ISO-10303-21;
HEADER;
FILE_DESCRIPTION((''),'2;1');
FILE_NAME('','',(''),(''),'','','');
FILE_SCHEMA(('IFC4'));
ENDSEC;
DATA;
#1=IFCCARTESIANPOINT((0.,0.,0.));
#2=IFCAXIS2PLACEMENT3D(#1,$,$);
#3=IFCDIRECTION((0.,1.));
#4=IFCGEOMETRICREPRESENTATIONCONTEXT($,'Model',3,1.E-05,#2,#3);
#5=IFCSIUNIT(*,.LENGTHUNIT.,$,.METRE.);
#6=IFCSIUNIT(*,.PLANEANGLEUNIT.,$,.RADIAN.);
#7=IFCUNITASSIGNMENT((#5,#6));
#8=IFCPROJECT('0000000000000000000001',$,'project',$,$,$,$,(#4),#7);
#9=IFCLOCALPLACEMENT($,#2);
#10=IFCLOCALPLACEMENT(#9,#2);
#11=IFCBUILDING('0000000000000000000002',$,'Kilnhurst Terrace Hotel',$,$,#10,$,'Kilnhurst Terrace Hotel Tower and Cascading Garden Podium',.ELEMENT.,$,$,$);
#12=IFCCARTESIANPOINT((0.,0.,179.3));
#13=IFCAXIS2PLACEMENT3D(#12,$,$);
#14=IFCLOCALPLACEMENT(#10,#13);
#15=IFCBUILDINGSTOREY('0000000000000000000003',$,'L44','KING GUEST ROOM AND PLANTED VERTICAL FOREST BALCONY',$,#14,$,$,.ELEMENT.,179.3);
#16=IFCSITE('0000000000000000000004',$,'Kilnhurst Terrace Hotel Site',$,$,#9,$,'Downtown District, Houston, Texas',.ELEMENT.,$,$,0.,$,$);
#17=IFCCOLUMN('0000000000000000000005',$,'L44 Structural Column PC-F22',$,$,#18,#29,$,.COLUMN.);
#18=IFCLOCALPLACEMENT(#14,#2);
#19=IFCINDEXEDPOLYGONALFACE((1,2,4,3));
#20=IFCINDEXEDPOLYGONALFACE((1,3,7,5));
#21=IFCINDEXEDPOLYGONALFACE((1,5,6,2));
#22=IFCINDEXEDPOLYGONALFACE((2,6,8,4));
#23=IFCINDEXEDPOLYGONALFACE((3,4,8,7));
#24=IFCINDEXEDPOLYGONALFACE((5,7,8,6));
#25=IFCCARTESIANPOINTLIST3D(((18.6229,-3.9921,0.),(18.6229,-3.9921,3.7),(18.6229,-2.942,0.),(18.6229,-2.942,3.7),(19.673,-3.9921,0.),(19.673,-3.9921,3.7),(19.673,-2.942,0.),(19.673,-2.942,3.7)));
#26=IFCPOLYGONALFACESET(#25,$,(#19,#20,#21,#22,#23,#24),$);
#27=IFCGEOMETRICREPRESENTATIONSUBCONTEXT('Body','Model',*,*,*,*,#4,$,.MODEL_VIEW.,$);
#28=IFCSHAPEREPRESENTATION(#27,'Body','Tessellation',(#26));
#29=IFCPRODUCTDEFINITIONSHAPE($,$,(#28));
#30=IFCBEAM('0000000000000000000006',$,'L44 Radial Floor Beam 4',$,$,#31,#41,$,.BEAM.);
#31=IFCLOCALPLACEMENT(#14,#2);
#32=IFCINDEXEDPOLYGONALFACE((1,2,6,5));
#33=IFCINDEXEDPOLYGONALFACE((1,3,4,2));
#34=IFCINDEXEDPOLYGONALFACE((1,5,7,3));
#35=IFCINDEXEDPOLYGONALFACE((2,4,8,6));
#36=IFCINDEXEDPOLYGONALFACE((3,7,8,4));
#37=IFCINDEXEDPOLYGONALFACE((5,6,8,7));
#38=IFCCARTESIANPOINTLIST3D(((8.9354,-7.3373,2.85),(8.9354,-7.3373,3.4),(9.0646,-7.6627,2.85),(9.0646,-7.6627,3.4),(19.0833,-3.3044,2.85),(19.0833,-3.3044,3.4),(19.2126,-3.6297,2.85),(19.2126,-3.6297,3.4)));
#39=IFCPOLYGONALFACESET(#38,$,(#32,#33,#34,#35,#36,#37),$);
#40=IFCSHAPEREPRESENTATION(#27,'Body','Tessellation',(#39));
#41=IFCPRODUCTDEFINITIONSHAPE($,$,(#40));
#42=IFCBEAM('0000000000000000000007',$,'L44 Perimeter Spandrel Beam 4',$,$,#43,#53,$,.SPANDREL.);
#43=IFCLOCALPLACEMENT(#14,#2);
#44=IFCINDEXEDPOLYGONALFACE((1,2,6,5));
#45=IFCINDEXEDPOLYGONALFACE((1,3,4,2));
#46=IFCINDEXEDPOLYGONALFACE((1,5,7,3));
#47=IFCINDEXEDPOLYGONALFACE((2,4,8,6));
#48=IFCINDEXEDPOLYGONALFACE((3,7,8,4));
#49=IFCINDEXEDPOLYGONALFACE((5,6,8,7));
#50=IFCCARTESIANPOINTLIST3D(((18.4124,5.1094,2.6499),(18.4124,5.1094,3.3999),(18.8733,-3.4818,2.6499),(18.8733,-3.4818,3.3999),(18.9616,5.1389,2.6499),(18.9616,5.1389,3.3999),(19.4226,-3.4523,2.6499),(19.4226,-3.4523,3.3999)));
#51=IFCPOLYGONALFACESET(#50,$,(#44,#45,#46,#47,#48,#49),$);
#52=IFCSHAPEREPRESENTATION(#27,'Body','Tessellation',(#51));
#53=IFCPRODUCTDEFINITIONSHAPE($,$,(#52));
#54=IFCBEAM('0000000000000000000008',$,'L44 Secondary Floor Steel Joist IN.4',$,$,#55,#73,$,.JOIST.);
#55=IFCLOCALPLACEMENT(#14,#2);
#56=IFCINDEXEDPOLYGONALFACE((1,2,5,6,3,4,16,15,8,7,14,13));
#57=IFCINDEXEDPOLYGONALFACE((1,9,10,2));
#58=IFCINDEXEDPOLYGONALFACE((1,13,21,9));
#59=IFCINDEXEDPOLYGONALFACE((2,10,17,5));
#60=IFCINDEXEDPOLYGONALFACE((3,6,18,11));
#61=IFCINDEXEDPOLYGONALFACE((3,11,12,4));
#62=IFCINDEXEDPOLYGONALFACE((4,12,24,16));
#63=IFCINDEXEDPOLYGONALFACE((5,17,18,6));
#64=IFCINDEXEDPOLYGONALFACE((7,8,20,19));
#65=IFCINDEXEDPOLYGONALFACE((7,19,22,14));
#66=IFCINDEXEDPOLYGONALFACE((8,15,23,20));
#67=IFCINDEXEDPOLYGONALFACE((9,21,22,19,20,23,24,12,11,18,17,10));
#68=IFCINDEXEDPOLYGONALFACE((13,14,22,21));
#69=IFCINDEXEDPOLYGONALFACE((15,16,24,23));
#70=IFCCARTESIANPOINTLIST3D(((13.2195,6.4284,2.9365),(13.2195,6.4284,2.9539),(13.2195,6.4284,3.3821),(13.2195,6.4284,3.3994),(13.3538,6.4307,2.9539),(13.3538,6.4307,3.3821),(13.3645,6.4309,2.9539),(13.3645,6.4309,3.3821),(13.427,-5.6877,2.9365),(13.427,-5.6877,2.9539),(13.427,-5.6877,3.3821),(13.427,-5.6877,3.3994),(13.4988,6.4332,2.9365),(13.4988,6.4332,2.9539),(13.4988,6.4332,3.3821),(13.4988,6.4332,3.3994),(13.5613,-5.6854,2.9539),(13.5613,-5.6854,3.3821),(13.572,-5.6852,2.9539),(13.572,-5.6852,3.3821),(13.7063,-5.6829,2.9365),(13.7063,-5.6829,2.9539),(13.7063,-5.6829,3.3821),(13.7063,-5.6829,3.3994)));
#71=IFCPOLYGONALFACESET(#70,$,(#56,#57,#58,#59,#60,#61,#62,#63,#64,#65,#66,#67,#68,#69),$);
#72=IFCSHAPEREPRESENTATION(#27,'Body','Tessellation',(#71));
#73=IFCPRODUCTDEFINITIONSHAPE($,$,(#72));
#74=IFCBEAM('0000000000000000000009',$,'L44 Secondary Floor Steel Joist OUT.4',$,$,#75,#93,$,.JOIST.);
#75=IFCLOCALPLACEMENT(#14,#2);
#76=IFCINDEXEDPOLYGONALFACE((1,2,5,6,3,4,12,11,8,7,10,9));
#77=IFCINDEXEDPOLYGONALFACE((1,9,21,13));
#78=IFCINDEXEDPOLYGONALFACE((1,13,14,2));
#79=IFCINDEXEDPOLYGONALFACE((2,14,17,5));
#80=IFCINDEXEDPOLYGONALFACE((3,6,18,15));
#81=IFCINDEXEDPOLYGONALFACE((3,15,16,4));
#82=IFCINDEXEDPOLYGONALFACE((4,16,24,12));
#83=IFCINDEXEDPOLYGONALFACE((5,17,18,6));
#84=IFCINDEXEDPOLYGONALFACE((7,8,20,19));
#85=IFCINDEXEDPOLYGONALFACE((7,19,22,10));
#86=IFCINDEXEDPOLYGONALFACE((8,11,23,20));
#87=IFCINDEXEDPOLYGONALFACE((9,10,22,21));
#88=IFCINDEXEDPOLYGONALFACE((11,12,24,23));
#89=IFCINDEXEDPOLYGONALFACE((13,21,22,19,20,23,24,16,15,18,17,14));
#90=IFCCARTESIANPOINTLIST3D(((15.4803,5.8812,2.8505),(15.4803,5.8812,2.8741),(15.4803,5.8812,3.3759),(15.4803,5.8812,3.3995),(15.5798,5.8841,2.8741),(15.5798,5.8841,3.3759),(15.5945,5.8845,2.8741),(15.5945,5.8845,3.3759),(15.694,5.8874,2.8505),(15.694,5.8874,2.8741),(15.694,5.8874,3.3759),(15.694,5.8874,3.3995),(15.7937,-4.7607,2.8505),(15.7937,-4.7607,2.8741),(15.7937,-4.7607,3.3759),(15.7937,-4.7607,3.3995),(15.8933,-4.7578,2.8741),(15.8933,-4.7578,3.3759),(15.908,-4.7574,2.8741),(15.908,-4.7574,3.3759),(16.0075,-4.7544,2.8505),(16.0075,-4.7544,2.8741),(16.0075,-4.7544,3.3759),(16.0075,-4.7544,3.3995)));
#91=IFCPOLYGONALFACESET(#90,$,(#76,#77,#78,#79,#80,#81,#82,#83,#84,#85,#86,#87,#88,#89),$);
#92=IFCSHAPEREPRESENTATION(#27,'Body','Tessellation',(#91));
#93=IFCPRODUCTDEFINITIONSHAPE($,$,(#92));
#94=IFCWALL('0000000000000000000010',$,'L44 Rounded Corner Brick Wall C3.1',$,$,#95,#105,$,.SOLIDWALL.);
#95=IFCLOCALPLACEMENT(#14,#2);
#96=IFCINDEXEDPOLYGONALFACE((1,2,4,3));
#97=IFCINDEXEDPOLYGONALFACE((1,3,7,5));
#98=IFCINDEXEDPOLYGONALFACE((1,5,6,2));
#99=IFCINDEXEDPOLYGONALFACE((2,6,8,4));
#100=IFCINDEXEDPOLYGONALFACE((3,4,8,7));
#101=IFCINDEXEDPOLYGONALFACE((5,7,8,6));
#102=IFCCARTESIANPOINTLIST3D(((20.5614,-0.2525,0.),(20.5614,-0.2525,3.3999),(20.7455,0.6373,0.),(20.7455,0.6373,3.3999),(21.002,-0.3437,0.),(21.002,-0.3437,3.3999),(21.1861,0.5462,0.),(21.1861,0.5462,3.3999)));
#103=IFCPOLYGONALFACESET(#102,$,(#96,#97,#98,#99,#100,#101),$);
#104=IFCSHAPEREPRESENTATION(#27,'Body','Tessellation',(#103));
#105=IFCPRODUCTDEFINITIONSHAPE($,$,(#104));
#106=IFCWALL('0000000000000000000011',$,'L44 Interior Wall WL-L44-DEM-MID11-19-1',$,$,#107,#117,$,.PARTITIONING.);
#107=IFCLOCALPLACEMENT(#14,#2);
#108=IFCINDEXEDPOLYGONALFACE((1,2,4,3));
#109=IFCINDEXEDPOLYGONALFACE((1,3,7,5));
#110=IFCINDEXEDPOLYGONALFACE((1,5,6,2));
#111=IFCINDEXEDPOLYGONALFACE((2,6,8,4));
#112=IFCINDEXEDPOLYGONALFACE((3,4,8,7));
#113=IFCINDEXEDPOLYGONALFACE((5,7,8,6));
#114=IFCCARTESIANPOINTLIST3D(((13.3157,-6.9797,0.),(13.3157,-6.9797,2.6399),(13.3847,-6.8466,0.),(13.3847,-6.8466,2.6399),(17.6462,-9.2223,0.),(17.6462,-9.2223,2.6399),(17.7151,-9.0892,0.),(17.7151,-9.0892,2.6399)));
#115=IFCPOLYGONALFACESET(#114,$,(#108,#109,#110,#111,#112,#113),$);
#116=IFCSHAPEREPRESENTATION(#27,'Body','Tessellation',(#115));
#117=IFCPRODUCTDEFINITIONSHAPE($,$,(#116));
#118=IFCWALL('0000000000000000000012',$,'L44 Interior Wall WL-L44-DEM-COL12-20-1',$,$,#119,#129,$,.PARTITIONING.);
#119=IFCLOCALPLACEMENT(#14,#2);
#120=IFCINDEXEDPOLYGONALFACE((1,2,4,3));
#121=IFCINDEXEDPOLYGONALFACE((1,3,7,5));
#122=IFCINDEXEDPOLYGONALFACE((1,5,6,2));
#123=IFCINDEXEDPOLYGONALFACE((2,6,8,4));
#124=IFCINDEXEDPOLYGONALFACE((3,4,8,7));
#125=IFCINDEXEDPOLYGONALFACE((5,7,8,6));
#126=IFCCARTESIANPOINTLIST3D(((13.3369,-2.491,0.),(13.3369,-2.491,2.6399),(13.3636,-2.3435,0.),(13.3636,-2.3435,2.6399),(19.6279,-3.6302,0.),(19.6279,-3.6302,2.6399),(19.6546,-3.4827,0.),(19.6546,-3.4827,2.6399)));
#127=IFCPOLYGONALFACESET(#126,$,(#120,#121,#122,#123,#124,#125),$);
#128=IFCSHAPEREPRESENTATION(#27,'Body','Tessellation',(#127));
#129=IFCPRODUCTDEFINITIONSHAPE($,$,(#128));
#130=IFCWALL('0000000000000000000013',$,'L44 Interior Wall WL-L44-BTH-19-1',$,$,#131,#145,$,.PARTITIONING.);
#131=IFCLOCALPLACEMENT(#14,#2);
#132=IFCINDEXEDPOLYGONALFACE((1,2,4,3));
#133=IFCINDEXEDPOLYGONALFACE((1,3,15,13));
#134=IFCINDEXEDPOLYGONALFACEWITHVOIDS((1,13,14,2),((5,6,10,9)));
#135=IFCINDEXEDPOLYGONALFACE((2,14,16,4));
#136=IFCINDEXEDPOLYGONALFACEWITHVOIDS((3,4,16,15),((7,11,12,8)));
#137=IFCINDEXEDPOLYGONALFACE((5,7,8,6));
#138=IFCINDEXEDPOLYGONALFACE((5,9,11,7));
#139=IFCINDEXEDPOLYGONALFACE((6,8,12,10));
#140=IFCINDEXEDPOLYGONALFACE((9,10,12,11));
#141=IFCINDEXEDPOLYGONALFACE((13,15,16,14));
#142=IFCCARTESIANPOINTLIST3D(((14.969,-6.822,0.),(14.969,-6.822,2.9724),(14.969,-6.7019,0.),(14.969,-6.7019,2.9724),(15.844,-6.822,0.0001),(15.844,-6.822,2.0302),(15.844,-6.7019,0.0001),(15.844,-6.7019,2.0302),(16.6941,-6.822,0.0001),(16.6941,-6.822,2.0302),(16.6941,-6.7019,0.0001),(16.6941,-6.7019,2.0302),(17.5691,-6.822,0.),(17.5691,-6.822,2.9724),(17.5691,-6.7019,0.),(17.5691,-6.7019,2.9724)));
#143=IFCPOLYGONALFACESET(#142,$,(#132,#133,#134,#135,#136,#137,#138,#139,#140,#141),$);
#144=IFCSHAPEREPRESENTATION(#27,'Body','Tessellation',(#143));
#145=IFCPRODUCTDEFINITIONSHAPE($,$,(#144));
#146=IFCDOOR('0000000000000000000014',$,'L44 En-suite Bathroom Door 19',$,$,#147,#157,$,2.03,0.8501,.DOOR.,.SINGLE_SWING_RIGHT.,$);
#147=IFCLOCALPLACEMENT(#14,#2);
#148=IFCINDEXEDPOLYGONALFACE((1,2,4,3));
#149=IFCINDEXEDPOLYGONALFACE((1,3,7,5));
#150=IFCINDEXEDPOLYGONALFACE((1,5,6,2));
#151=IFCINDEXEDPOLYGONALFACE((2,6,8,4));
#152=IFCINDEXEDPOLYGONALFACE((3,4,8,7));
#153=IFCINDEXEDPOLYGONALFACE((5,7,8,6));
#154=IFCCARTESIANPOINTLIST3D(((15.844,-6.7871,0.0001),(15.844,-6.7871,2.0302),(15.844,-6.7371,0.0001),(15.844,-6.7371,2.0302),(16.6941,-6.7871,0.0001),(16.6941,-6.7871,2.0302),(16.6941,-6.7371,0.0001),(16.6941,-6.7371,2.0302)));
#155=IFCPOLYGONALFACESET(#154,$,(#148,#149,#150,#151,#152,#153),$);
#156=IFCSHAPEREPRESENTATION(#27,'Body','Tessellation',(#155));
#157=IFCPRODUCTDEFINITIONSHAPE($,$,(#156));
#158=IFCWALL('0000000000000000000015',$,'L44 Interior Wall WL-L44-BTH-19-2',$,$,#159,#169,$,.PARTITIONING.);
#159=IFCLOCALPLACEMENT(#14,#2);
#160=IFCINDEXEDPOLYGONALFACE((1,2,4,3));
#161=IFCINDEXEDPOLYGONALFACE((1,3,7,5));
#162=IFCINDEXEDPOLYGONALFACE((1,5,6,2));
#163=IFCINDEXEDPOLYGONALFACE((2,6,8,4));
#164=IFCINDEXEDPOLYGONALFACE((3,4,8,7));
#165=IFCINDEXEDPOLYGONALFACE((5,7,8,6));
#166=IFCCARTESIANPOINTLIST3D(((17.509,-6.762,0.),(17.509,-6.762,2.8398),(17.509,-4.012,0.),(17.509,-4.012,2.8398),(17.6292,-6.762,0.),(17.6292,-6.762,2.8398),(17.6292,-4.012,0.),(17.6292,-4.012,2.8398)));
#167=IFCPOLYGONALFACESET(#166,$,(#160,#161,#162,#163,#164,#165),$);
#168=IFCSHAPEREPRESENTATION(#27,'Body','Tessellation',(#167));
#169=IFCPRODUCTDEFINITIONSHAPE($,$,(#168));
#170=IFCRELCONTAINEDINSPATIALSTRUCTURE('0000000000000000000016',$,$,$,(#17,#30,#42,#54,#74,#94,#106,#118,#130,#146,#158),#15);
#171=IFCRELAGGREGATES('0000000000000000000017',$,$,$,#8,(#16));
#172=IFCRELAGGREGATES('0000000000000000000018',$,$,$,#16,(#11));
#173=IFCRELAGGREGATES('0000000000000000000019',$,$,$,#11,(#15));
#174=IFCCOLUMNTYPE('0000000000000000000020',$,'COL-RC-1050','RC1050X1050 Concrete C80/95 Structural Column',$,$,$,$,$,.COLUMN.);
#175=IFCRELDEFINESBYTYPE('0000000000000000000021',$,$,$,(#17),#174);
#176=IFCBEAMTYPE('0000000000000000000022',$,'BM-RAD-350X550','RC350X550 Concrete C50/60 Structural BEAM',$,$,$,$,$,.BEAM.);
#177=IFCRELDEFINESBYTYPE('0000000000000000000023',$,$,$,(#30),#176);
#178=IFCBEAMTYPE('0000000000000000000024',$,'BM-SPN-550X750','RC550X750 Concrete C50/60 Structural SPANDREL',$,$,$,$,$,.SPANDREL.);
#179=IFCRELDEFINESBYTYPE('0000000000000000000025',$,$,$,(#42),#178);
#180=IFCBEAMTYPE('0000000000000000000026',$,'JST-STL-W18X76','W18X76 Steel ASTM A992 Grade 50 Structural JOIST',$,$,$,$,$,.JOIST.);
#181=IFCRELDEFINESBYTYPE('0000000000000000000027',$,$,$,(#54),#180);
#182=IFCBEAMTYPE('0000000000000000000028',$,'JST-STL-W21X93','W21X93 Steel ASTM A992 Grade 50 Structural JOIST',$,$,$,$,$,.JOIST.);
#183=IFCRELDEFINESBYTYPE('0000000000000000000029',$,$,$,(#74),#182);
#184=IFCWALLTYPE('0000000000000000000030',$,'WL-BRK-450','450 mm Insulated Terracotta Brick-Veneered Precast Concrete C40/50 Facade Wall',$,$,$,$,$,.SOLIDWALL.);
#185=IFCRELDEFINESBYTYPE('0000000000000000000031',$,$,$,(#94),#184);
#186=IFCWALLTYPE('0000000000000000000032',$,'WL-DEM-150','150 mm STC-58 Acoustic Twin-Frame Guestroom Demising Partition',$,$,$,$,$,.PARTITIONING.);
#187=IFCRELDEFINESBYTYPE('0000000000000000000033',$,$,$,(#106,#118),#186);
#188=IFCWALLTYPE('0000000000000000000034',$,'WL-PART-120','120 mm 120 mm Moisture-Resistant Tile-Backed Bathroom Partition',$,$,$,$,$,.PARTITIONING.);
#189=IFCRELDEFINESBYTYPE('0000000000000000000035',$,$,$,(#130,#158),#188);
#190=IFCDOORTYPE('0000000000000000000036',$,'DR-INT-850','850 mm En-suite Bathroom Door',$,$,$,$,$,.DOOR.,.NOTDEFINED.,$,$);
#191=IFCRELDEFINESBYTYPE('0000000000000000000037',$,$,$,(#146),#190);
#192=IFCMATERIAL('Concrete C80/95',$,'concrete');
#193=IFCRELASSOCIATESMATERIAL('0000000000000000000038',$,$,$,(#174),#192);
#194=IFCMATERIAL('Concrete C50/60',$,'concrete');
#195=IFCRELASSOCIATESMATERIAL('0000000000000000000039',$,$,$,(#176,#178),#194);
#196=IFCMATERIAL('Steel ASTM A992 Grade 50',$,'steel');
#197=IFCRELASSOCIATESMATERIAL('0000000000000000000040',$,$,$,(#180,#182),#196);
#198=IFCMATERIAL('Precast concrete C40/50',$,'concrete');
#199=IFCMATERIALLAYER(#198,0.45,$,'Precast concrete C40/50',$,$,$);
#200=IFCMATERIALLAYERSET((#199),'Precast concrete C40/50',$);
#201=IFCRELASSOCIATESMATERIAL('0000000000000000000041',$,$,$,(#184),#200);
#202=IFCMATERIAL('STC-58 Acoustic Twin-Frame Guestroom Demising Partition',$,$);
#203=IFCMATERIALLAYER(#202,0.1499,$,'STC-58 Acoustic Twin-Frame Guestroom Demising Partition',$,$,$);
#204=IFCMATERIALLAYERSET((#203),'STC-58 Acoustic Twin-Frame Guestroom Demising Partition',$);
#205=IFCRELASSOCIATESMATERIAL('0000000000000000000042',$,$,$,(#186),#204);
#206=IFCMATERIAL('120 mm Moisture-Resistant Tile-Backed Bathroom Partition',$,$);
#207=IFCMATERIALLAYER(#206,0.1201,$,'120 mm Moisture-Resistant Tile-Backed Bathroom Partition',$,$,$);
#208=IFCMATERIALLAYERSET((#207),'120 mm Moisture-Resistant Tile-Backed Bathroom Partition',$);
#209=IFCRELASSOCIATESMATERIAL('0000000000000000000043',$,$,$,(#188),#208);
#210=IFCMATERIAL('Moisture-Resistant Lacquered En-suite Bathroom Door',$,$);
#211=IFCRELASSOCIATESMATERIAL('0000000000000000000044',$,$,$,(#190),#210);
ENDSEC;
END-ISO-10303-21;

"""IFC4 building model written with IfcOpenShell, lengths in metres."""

from ifc_helpers import new_model, si_unit, direction, frame, frame_2d, origin, origin_2d, place, context, subcontext, project, spatial, rectangle, i_section, extrude, material, layer, layer_set, material_profile, profile_set, type_object, element, fill, save


model = new_model("IFC4")

# Units and contexts
model_context = context("Model", 3, precision=1e-05, world=origin(), true_north=direction((0.0, 1.0)))
body_context = subcontext(model_context, "Body", "Model", "MODEL_VIEW")
ifc_project = project(units=[si_unit("LENGTHUNIT", "METRE"), si_unit("PLANEANGLEUNIT", "RADIAN")], contexts=[model_context])

# Site, building, storey
site_placement = place(None, origin())
site = spatial("IfcSite", under=ifc_project, at=site_placement, Name="Kilnhurst Terrace Hotel Site", LongName="Downtown District, Houston, Texas", CompositionType="ELEMENT", RefElevation=0.0)
building_placement = place(site_placement, origin())
building = spatial("IfcBuilding", under=site, at=building_placement, Name="Kilnhurst Terrace Hotel", LongName="Kilnhurst Terrace Hotel Tower and Cascading Garden Podium", CompositionType="ELEMENT")
storey_placement = place(building_placement, frame((0.0, 0.0, 179.3)))
storey = spatial("IfcBuildingStorey", under=building, at=storey_placement, Name="L44", Description="KING GUEST ROOM AND PLANTED VERTICAL FOREST BALCONY", CompositionType="ELEMENT", Elevation=179.3)

# Column
ifc_material_1 = material(Name="Concrete C80/95", Category="concrete")
ifc_material_profile_1 = material_profile(ifc_material_1, rectangle(XDim=1.05, YDim=1.05, at=origin_2d()), Name="RC1050X1050")
ifc_profile_set_1 = profile_set([ifc_material_profile_1], Name="Concrete C80/95")
column_type = type_object("IfcColumnType", Name="COL-RC-1050", Description="RC1050X1050 Concrete C80/95 Structural Column", PredefinedType="COLUMN", material=ifc_profile_set_1)
column_placement = place(storey_placement, frame((19.1479, -3.467, 0.0), z_axis=(0.0, 0.0, 1.0), x_axis=(1.0, 0.0, 0.0)))
element("IfcColumn", 1, at=column_placement, inside=storey, type_object=column_type, Name="L44 Structural Column PC-F22", PredefinedType="COLUMN", context=body_context, shape_type="SweptSolid", body=[
    extrude(rectangle(XDim=1.05, YDim=1.05, at=origin_2d()), origin(), (0.0, 0.0, 1.0), 3.7),
])

# Beams
ifc_material_2 = material(Name="Concrete C50/60", Category="concrete")
ifc_material_profile_2 = material_profile(ifc_material_2, rectangle(XDim=0.3501, YDim=0.55, at=origin_2d()), Name="RC350X550")
ifc_profile_set_2 = profile_set([ifc_material_profile_2], Name="Concrete C50/60")
beam_type_1 = type_object("IfcBeamType", Name="BM-RAD-350X550", Description="RC350X550 Concrete C50/60 Structural BEAM", PredefinedType="BEAM", material=ifc_profile_set_2)
beam_1_placement = place(storey_placement, frame((9.0, -7.5, 3.125), z_axis=(0.929302, 0.36932, 0.0), x_axis=(-0.36932, 0.929302, 0.0)))
element("IfcBeam", 2, at=beam_1_placement, inside=storey, type_object=beam_type_1, Name="L44 Radial Floor Beam 4", PredefinedType="BEAM", context=body_context, shape_type="SweptSolid", body=[
    extrude(rectangle(XDim=0.3501, YDim=0.55, at=origin_2d()), origin(), (0.0, 0.0, 1.0), 10.9199),
])
ifc_material_profile_3 = material_profile(ifc_material_2, rectangle(XDim=0.55, YDim=0.75, at=origin_2d()), Name="RC550X750")
ifc_profile_set_3 = profile_set([ifc_material_profile_3], Name="Concrete C50/60")
beam_type_2 = type_object("IfcBeamType", Name="BM-SPN-550X750", Description="RC550X750 Concrete C50/60 Structural SPANDREL", PredefinedType="SPANDREL", material=ifc_profile_set_3)
beam_2_placement = place(storey_placement, frame((19.1479, -3.467, 3.0249), z_axis=(-0.053576, 0.998564, 0.0), x_axis=(-0.998564, -0.053576, 0.0)))
element("IfcBeam", 3, at=beam_2_placement, inside=storey, type_object=beam_type_2, Name="L44 Perimeter Spandrel Beam 4", PredefinedType="SPANDREL", context=body_context, shape_type="SweptSolid", body=[
    extrude(rectangle(XDim=0.55, YDim=0.75, at=origin_2d()), origin(), (0.0, 0.0, 1.0), 8.6035),
])
ifc_material_3 = material(Name="Steel ASTM A992 Grade 50", Category="steel")
ifc_material_profile_4 = material_profile(ifc_material_3, i_section(OverallWidth=0.2793, OverallDepth=0.4629, WebThickness=0.0107, FlangeThickness=0.0173, at=origin_2d()), Name="W18X76")
ifc_profile_set_4 = profile_set([ifc_material_profile_4], Name="Steel ASTM A992 Grade 50")
beam_type_3 = type_object("IfcBeamType", Name="JST-STL-W18X76", Description="W18X76 Steel ASTM A992 Grade 50 Structural JOIST", PredefinedType="JOIST", material=ifc_profile_set_4)
beam_3_placement = place(storey_placement, frame((13.5667, -5.6853, 3.168), z_axis=(-0.017125, 0.999853, 0.0), x_axis=(-0.999853, -0.017125, 0.0)))
element("IfcBeam", 4, at=beam_3_placement, inside=storey, type_object=beam_type_3, Name="L44 Secondary Floor Steel Joist IN.4", PredefinedType="JOIST", context=body_context, shape_type="SweptSolid", body=[
    extrude(i_section(OverallWidth=0.2793, OverallDepth=0.4629, WebThickness=0.0107, FlangeThickness=0.0173, at=origin_2d()), origin(), (0.0, 0.0, 1.0), 12.1179),
])
ifc_material_profile_5 = material_profile(ifc_material_3, i_section(OverallWidth=0.2139, OverallDepth=0.5491, WebThickness=0.0146, FlangeThickness=0.0237, at=origin_2d()), Name="W21X93")
ifc_profile_set_5 = profile_set([ifc_material_profile_5], Name="Steel ASTM A992 Grade 50")
beam_type_4 = type_object("IfcBeamType", Name="JST-STL-W21X93", Description="W21X93 Steel ASTM A992 Grade 50 Structural JOIST", PredefinedType="JOIST", material=ifc_profile_set_5)
beam_4_placement = place(storey_placement, frame((15.9006, -4.7576, 3.125), z_axis=(-0.029444, 0.999566, 0.0), x_axis=(-0.999566, -0.029444, 0.0)))
element("IfcBeam", 5, at=beam_4_placement, inside=storey, type_object=beam_type_4, Name="L44 Secondary Floor Steel Joist OUT.4", PredefinedType="JOIST", context=body_context, shape_type="SweptSolid", body=[
    extrude(i_section(OverallWidth=0.2139, OverallDepth=0.5491, WebThickness=0.0146, FlangeThickness=0.0237, at=origin_2d()), origin(), (0.0, 0.0, 1.0), 10.6465),
])

# Wall
ifc_material_4 = material(Name="Precast concrete C40/50", Category="concrete")
ifc_layer_1 = layer(ifc_material_4, 0.45, Name="Precast concrete C40/50")
ifc_layer_set_1 = layer_set([ifc_layer_1], Name="Precast concrete C40/50")
wall_type_1 = type_object("IfcWallType", Name="WL-BRK-450", Description="450 mm Insulated Terracotta Brick-Veneered Precast Concrete C40/50 Facade Wall", PredefinedType="SOLIDWALL", material=ifc_layer_set_1)
wall_1_placement = place(storey_placement, frame((20.7817, -0.2981, 0.0), z_axis=(0.0, 0.0, 1.0), x_axis=(0.20257, 0.979268, 0.0)))
element("IfcWall", 6, at=wall_1_placement, inside=storey, type_object=wall_type_1, Name="L44 Rounded Corner Brick Wall C3.1", PredefinedType="SOLIDWALL", context=body_context, shape_type="SweptSolid", body=[
    extrude(rectangle(XDim=0.9087, YDim=0.45, at=frame_2d((0.4543, 0.0))), origin(), (0.0, 0.0, 1.0), 3.3999),
])

# Walls
ifc_material_5 = material(Name="STC-58 Acoustic Twin-Frame Guestroom Demising Partition")
ifc_layer_2 = layer(ifc_material_5, 0.1499, Name="STC-58 Acoustic Twin-Frame Guestroom Demising Partition")
ifc_layer_set_2 = layer_set([ifc_layer_2], Name="STC-58 Acoustic Twin-Frame Guestroom Demising Partition")
wall_type_2 = type_object("IfcWallType", Name="WL-DEM-150", Description="150 mm STC-58 Acoustic Twin-Frame Guestroom Demising Partition", PredefinedType="PARTITIONING", material=ifc_layer_set_2)
wall_2_placement = place(storey_placement, frame((13.3501, -6.9131, 0.0), z_axis=(0.0, 0.0, 1.0), x_axis=(0.887989, -0.459864, 0.0)))
element("IfcWall", 7, at=wall_2_placement, inside=storey, type_object=wall_type_2, Name="L44 Interior Wall WL-L44-DEM-MID11-19-1", PredefinedType="PARTITIONING", context=body_context, shape_type="SweptSolid", body=[
    extrude(rectangle(XDim=4.8767, YDim=0.1499, at=frame_2d((2.4385, 0.0))), origin(), (0.0, 0.0, 1.0), 2.6399),
])
wall_3_placement = place(storey_placement, frame((13.3501, -2.4172, 0.0), z_axis=(0.0, 0.0, 1.0), x_axis=(0.983998, -0.17818, 0.0)))
element("IfcWall", 8, at=wall_3_placement, inside=storey, type_object=wall_type_2, Name="L44 Interior Wall WL-L44-DEM-COL12-20-1", PredefinedType="PARTITIONING", context=body_context, shape_type="SweptSolid", body=[
    extrude(rectangle(XDim=6.3933, YDim=0.1499, at=frame_2d((3.1968, 0.0))), origin(), (0.0, 0.0, 1.0), 2.6399),
])

# Wall, opening, door
ifc_material_6 = material(Name="120 mm Moisture-Resistant Tile-Backed Bathroom Partition")
ifc_layer_3 = layer(ifc_material_6, 0.1201, Name="120 mm Moisture-Resistant Tile-Backed Bathroom Partition")
ifc_layer_set_3 = layer_set([ifc_layer_3], Name="120 mm Moisture-Resistant Tile-Backed Bathroom Partition")
wall_type_3 = type_object("IfcWallType", Name="WL-PART-120", Description="120 mm 120 mm Moisture-Resistant Tile-Backed Bathroom Partition", PredefinedType="PARTITIONING", material=ifc_layer_set_3)
wall_4_placement = place(storey_placement, frame((14.969, -6.762, 0.0), z_axis=(0.0, 0.0, 1.0), x_axis=(1.0, 0.0, 0.0)))
wall_4 = element("IfcWall", 9, at=wall_4_placement, inside=storey, type_object=wall_type_3, Name="L44 Interior Wall WL-L44-BTH-19-1", PredefinedType="PARTITIONING", context=body_context, shape_type="SweptSolid", body=[
    extrude(rectangle(XDim=2.6001, YDim=0.1201, at=frame_2d((1.3, 0.0))), origin(), (0.0, 0.0, 1.0), 2.9724),
])
opening_1_placement = place(wall_4_placement, frame((0.875, 0.0, 0.0)))
opening_1 = element("IfcOpeningElement", 10, at=opening_1_placement, cuts=wall_4, PredefinedType="OPENING", context=body_context, shape_type="SweptSolid", body=[
    extrude(rectangle(XDim=0.8501, YDim=2.03, at=frame_2d((0.425, 1.0151))), frame((0.0, 0.0701, 0.0), z_axis=(0.0, -1.0, 0.0), x_axis=(1.0, 0.0, 0.0)), (0.0, 0.0, 1.0), 0.1401),
])
ifc_material_7 = material(Name="Moisture-Resistant Lacquered En-suite Bathroom Door")
door_type_1 = type_object("IfcDoorType", Name="DR-INT-850", Description="850 mm En-suite Bathroom Door", OperationType="NOTDEFINED", PredefinedType="DOOR", material=ifc_material_7)
door_1_placement = place(opening_1_placement, origin())
door_1 = element("IfcDoor", 11, at=door_1_placement, inside=storey, type_object=door_type_1, Name="L44 En-suite Bathroom Door 19", OperationType="SINGLE_SWING_RIGHT", OverallHeight=2.03, OverallWidth=0.8501, PredefinedType="DOOR", context=body_context, shape_type="SweptSolid", body=[
    extrude(rectangle(XDim=0.8501, YDim=2.03, at=frame_2d((0.425, 1.0151))), frame((0.0, 0.0249, 0.0), z_axis=(0.0, -1.0, 0.0), x_axis=(1.0, 0.0, 0.0)), (0.0, 0.0, 1.0), 0.05),
])
fill(opening_1, door_1)

# Wall
wall_5_placement = place(storey_placement, frame((17.5691, -6.762, 0.0), z_axis=(0.0, 0.0, 1.0), x_axis=(0.0, 1.0, 0.0)))
element("IfcWall", 12, at=wall_5_placement, inside=storey, type_object=wall_type_3, Name="L44 Interior Wall WL-L44-BTH-19-2", PredefinedType="PARTITIONING", context=body_context, shape_type="SweptSolid", body=[
    extrude(rectangle(XDim=2.75, YDim=0.1201, at=frame_2d((1.375, 0.0))), origin(), (0.0, 0.0, 1.0), 2.8398),
])

save(model, "model.ifc")
